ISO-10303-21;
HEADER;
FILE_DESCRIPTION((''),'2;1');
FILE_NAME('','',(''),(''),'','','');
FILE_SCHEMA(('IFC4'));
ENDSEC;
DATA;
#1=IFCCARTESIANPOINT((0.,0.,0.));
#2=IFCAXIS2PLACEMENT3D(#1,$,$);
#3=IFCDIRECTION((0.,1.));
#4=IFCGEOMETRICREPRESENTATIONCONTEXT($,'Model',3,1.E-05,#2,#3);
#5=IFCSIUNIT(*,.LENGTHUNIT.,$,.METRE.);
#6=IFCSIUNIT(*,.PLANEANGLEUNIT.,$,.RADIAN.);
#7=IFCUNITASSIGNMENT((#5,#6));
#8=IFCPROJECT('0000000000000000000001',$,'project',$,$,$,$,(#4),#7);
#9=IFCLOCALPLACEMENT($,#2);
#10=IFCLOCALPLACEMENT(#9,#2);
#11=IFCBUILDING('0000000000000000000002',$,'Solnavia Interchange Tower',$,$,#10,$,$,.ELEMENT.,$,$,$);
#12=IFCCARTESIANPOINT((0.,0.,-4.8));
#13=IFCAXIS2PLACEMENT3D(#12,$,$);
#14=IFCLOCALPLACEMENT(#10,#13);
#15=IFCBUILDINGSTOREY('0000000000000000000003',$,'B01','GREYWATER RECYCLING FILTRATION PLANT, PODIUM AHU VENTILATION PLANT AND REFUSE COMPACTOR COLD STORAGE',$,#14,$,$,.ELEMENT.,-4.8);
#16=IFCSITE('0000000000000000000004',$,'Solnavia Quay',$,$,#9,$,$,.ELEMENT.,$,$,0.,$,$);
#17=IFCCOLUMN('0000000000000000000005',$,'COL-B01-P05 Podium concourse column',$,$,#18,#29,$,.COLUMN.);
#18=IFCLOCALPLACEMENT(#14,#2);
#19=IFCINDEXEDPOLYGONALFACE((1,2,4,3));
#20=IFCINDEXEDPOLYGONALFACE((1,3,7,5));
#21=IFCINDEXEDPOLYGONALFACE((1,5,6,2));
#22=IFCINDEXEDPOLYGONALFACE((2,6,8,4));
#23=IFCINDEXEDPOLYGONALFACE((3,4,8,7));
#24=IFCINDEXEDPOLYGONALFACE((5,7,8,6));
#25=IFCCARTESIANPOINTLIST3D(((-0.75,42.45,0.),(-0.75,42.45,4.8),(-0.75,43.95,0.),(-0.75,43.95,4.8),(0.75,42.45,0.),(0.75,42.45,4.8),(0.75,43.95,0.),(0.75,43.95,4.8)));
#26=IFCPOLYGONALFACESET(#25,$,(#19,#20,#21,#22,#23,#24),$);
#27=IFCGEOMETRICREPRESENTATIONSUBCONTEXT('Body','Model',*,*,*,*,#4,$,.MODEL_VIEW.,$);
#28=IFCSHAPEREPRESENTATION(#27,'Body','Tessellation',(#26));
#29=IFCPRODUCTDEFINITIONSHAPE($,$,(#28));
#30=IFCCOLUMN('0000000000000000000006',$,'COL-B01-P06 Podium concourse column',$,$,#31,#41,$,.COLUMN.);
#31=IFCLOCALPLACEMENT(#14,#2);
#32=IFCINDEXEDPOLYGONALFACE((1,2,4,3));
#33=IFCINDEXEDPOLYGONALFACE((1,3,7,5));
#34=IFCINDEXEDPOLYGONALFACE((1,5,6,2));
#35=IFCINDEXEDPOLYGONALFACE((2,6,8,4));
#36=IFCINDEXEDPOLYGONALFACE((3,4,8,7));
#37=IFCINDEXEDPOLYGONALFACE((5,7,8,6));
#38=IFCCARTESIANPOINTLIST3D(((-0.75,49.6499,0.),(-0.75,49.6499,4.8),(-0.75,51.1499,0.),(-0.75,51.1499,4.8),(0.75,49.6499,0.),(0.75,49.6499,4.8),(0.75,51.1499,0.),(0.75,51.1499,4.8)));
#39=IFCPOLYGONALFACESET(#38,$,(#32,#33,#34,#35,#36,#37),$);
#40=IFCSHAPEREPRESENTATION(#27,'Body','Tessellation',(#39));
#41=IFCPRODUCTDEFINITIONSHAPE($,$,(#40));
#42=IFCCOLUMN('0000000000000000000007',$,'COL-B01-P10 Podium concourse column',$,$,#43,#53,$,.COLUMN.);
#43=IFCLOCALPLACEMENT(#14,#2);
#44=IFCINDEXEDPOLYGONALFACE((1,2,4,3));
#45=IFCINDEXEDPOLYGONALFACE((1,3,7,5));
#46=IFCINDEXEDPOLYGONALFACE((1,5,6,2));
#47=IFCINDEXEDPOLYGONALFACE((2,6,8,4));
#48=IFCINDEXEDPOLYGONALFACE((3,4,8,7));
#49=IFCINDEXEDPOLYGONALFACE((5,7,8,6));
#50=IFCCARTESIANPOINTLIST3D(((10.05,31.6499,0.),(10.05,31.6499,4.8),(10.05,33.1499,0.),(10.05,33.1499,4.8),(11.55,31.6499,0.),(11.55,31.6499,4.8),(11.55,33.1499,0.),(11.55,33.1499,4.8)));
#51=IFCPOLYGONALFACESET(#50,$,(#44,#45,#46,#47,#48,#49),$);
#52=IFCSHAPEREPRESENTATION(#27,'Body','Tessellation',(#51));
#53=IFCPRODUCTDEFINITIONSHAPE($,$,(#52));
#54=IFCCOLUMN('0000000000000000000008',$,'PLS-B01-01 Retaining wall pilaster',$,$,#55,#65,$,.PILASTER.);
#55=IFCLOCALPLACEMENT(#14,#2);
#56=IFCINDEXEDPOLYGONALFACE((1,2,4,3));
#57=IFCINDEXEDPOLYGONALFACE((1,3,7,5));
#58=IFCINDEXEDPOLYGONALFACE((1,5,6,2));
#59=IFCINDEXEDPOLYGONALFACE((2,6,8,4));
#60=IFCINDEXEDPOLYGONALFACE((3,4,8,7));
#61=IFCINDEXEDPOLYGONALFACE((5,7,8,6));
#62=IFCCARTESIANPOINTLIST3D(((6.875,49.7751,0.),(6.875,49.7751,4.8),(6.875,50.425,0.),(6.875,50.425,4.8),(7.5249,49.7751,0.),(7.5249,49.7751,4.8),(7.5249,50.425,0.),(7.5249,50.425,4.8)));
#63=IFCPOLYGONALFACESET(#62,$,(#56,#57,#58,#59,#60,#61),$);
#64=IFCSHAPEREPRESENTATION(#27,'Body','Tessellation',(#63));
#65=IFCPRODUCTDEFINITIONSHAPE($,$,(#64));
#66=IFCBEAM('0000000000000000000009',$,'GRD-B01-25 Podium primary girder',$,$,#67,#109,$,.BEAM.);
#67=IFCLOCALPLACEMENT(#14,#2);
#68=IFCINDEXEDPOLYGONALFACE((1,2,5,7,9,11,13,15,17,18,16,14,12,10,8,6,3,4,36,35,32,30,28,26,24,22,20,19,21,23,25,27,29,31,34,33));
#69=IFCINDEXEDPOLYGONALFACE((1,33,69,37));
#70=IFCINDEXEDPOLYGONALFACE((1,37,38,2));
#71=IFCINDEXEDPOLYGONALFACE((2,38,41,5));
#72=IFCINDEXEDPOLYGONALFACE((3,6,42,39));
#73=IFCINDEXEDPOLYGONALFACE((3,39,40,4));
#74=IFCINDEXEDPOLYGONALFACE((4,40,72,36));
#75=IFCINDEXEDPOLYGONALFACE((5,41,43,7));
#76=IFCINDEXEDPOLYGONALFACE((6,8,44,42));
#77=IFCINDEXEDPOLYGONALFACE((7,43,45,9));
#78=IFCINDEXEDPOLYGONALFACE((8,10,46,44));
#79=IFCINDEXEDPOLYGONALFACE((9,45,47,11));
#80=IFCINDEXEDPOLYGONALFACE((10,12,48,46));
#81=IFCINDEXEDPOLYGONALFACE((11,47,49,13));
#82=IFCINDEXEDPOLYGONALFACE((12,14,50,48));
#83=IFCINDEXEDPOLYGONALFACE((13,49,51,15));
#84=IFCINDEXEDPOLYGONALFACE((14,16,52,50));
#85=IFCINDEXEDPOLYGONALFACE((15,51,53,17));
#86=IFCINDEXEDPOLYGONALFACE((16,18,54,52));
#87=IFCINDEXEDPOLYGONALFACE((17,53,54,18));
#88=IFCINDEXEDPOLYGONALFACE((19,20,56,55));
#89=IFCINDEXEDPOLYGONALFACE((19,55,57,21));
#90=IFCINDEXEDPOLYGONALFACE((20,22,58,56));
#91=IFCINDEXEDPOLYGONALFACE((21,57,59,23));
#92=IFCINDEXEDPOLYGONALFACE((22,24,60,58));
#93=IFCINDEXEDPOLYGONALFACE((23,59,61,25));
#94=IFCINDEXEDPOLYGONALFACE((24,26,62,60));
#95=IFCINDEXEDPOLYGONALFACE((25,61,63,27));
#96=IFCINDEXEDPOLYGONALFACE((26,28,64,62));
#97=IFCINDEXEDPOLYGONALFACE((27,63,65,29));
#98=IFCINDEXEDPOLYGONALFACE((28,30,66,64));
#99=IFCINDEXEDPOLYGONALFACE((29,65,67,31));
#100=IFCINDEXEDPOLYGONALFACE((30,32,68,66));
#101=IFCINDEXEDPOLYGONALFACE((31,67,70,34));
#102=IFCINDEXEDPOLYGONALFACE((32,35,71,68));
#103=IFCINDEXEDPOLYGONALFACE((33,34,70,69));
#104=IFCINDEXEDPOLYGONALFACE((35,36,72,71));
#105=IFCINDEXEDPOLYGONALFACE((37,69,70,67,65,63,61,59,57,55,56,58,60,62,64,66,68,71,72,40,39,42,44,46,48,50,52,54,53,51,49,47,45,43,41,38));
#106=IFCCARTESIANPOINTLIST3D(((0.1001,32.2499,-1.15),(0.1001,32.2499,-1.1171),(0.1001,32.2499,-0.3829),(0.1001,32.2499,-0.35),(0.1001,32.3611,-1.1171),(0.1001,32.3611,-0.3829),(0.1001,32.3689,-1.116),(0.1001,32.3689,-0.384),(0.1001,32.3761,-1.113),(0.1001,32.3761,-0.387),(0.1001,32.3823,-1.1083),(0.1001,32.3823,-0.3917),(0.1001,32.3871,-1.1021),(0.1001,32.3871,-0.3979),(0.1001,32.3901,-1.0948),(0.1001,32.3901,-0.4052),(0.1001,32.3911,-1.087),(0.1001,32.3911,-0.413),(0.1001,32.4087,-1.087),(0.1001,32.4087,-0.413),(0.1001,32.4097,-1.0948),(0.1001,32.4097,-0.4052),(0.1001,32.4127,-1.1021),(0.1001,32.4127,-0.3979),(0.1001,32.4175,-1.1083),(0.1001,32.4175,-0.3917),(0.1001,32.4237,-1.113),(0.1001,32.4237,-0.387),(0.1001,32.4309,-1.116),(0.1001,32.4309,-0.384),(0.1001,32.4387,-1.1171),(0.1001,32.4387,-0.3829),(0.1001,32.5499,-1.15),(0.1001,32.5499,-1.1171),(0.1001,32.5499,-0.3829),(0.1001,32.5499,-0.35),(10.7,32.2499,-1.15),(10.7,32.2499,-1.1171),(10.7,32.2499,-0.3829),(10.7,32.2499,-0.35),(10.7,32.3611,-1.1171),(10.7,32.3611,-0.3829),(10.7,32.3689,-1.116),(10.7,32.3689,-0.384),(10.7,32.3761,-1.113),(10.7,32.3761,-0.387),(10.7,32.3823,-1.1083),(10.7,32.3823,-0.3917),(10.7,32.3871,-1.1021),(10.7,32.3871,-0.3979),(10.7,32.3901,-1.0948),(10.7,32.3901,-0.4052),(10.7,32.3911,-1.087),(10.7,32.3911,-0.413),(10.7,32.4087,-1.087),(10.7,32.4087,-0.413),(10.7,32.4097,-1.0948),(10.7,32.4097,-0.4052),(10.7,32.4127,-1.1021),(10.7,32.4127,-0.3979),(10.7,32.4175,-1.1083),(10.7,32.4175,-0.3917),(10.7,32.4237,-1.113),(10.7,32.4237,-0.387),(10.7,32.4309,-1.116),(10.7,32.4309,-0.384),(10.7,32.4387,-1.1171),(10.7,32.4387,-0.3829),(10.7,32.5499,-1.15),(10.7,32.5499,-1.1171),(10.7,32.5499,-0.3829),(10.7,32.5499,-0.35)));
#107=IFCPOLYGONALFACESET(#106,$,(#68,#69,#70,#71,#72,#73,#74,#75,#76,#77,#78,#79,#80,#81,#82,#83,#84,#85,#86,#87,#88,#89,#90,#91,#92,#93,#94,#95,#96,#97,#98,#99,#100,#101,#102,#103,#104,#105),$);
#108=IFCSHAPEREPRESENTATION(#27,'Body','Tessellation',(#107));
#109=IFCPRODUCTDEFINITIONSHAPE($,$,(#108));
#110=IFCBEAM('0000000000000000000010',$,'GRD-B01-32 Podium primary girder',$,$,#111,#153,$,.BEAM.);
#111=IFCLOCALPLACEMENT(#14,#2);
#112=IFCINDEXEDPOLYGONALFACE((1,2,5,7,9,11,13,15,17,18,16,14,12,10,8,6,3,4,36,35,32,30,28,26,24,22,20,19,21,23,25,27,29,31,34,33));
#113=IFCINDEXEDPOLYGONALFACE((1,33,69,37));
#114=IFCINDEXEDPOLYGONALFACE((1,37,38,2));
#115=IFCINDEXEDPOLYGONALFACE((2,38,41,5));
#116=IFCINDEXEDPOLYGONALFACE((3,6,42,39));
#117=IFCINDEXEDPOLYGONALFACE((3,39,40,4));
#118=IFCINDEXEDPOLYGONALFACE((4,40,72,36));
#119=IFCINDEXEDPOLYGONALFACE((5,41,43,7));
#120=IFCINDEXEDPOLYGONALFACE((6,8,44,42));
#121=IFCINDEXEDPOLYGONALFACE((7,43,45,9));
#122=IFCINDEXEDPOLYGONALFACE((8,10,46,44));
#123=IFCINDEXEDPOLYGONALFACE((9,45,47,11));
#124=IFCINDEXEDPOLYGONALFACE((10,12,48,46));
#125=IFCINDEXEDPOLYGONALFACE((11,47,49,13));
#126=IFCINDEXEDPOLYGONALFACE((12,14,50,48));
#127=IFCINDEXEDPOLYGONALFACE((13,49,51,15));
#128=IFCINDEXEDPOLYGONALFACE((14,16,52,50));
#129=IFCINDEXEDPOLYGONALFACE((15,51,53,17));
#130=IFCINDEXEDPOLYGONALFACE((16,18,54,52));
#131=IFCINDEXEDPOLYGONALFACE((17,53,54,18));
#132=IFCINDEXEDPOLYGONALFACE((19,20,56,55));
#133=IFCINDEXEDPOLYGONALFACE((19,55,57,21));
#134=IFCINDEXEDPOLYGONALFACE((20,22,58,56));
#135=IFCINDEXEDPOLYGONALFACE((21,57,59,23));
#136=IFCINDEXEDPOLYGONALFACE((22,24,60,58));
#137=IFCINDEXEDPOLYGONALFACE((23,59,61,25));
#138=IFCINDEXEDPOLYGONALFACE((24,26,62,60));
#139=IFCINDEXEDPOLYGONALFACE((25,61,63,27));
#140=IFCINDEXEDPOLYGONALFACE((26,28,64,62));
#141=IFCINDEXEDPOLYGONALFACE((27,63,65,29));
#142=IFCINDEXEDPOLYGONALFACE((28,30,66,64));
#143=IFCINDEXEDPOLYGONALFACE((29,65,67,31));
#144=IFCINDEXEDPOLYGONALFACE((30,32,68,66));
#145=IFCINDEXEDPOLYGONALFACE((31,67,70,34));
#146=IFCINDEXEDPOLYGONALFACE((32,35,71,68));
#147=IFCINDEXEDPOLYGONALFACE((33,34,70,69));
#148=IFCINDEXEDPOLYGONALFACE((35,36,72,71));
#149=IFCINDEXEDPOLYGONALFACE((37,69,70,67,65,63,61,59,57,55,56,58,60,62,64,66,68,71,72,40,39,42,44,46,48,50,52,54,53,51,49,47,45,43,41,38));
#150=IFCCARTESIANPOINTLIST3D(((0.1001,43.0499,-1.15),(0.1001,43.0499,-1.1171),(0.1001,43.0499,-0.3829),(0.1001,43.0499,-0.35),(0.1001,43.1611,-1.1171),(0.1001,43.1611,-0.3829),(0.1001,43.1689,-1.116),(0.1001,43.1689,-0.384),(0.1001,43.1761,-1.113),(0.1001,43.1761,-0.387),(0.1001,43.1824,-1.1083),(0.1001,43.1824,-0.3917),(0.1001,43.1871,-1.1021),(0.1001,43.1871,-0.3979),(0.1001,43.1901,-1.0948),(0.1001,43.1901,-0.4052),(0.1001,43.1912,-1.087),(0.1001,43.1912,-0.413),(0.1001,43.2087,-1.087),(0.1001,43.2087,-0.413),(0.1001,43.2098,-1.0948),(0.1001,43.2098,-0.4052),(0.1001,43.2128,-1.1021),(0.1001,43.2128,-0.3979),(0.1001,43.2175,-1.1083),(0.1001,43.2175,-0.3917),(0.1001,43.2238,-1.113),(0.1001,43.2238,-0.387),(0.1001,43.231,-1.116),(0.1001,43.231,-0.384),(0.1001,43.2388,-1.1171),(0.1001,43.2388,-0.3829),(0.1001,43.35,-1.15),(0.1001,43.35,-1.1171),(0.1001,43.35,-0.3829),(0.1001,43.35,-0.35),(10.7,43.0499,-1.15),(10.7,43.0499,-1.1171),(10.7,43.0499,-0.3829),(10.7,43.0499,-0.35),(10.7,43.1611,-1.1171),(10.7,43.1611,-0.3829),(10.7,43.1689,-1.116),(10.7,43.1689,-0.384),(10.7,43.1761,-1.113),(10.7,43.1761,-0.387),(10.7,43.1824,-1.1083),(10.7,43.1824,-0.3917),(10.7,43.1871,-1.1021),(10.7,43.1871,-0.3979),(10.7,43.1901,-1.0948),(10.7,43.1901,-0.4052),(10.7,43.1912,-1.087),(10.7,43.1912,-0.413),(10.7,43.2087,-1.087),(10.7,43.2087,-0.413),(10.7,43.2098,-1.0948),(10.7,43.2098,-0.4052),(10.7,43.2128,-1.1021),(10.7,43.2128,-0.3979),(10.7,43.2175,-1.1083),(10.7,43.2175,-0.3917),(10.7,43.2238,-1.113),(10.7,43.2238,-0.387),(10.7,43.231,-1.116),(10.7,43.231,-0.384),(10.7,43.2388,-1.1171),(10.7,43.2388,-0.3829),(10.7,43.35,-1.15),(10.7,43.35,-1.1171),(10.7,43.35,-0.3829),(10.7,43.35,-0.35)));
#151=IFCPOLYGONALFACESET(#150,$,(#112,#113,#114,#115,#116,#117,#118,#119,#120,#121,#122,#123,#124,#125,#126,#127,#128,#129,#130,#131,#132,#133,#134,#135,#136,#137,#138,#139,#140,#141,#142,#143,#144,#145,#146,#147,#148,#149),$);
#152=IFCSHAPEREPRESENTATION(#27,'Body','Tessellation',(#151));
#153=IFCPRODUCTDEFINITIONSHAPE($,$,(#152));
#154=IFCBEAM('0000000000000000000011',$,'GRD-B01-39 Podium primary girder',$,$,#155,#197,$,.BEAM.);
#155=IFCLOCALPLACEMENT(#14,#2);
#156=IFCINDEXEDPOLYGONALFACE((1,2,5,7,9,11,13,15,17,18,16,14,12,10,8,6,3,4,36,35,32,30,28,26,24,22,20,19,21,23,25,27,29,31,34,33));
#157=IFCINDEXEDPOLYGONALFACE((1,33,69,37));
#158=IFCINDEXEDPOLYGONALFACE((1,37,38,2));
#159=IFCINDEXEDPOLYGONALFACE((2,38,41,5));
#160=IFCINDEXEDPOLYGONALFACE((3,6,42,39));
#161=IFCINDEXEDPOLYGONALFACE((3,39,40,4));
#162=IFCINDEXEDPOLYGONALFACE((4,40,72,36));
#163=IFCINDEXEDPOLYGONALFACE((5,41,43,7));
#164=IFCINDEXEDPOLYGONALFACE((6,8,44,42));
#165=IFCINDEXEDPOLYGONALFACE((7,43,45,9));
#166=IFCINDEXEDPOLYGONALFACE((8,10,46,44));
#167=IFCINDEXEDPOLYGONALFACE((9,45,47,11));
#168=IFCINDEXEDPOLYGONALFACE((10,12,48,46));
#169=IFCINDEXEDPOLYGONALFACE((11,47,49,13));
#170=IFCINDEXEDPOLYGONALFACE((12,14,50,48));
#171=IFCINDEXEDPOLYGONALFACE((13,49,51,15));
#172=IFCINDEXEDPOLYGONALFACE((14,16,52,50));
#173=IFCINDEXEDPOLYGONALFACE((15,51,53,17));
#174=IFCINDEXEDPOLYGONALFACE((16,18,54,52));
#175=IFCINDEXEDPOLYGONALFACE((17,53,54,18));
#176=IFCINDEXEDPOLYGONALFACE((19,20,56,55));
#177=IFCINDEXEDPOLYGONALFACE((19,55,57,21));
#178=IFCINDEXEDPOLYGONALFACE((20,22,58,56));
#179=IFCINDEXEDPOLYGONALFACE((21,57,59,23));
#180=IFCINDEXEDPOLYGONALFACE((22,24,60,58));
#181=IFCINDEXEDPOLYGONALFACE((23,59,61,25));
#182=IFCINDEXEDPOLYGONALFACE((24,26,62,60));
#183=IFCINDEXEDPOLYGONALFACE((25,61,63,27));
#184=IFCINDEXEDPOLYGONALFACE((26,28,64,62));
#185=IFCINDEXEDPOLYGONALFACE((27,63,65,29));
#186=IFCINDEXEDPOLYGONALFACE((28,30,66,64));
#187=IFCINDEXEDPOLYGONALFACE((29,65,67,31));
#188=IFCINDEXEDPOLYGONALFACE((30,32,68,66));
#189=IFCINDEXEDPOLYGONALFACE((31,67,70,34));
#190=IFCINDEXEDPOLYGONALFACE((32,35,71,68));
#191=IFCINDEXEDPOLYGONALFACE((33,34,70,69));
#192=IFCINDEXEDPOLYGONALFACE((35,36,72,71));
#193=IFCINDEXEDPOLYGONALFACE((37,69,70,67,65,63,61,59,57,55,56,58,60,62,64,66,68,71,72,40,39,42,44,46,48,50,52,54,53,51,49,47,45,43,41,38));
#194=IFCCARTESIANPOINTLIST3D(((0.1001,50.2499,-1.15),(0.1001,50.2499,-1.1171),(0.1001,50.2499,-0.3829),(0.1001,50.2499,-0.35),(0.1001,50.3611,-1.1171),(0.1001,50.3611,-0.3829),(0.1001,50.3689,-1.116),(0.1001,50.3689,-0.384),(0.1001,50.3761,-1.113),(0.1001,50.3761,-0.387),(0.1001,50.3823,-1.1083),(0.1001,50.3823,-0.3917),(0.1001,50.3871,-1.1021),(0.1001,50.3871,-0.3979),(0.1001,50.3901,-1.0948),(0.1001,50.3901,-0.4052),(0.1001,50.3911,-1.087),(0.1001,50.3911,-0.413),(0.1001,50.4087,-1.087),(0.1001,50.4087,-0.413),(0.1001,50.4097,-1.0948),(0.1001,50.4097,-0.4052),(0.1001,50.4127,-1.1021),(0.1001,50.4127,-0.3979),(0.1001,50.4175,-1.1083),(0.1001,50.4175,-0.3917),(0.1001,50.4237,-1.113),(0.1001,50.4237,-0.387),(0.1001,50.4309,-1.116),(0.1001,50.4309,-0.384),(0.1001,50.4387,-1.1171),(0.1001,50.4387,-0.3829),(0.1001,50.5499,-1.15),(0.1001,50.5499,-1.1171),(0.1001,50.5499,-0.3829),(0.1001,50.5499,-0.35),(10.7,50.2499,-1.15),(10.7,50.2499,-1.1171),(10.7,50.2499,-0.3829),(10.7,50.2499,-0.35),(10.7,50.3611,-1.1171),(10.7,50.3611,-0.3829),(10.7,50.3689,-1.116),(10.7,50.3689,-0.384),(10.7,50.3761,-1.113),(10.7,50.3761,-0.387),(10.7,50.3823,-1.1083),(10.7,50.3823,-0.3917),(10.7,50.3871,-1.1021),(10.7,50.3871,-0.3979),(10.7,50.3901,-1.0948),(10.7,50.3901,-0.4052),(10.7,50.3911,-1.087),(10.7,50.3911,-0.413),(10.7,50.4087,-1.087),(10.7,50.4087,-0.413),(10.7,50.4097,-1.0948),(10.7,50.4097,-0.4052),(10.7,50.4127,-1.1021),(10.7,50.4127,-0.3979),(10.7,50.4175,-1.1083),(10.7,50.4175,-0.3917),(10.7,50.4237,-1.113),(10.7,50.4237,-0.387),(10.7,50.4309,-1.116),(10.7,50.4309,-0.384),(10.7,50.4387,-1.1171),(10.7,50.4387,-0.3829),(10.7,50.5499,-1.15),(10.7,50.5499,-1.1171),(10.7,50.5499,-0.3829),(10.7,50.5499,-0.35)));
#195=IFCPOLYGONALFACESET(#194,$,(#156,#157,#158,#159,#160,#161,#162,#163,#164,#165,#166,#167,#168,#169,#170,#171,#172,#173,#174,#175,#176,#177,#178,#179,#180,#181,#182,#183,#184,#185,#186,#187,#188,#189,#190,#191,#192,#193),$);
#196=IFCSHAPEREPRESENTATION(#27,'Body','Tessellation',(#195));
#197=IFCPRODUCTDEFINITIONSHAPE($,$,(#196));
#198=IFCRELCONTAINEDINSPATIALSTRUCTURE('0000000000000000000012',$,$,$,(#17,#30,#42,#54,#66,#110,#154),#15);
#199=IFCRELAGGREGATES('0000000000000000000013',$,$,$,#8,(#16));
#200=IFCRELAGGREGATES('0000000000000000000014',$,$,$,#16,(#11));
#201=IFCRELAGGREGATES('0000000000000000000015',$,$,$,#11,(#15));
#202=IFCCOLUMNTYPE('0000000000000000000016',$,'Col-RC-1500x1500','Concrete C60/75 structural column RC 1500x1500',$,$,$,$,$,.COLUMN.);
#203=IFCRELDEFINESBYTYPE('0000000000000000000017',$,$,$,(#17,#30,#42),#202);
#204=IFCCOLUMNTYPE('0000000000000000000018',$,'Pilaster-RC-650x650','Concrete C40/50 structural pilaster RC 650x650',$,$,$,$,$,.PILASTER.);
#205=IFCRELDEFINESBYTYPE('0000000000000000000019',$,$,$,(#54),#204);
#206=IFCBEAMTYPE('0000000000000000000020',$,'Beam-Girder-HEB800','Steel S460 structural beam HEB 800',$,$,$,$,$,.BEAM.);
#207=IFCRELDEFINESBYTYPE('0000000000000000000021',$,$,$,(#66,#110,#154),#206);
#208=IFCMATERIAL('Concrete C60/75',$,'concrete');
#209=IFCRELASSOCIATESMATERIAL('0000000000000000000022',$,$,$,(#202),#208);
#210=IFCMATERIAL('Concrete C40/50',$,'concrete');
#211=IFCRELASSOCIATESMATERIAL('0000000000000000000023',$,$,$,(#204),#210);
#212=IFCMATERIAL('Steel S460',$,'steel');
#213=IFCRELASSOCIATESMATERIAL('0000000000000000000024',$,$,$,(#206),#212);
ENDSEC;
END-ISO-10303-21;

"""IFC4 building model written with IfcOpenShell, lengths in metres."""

from ifc_helpers import new_model, si_unit, direction, frame, origin, origin_2d, place, context, subcontext, project, spatial, rectangle, i_section, extrude, material, material_profile, profile_set, type_object, element, save


model = new_model("IFC4")

# Units and contexts
model_context = context("Model", 3, precision=1e-05, world=origin(), true_north=direction((0.0, 1.0)))
body_context = subcontext(model_context, "Body", "Model", "MODEL_VIEW")
ifc_project = project(units=[si_unit("LENGTHUNIT", "METRE"), si_unit("PLANEANGLEUNIT", "RADIAN")], contexts=[model_context])

# Site, building, storey
site_placement = place(None, origin())
site = spatial("IfcSite", under=ifc_project, at=site_placement, Name="Solnavia Quay", CompositionType="ELEMENT", RefElevation=0.0)
building_placement = place(site_placement, origin())
building = spatial("IfcBuilding", under=site, at=building_placement, Name="Solnavia Interchange Tower", CompositionType="ELEMENT")
storey_placement = place(building_placement, frame((0.0, 0.0, -4.8)))
storey = spatial("IfcBuildingStorey", under=building, at=storey_placement, Name="B01", Description="GREYWATER RECYCLING FILTRATION PLANT, PODIUM AHU VENTILATION PLANT AND REFUSE COMPACTOR COLD STORAGE", CompositionType="ELEMENT", Elevation=-4.8)

# Columns
ifc_material_1 = material(Name="Concrete C60/75", Category="concrete")
ifc_material_profile_1 = material_profile(ifc_material_1, rectangle(XDim=1.5, YDim=1.5, at=origin_2d()), Name="RC 1500x1500")
ifc_profile_set_1 = profile_set([ifc_material_profile_1], Name="Concrete C60/75")
column_type_1 = type_object("IfcColumnType", Name="Col-RC-1500x1500", Description="Concrete C60/75 structural column RC 1500x1500", PredefinedType="COLUMN", material=ifc_profile_set_1)
for number, where, z_axis, x_axis, name in (
    (1, (0.0, 43.2, 0.0), (0.0, 0.0, 1.0), (1.0, 0.0, 0.0), "COL-B01-P05 Podium concourse column"),
    (2, (0.0, 50.3999, 0.0), (0.0, 0.0, 1.0), (1.0, 0.0, 0.0), "COL-B01-P06 Podium concourse column"),
    (3, (10.8, 32.3999, 0.0), (0.0, 0.0, 1.0), (1.0, 0.0, 0.0), "COL-B01-P10 Podium concourse column"),
):
    element("IfcColumn", number, at=place(storey_placement, frame(where, z_axis=z_axis, x_axis=x_axis)), inside=storey, type_object=column_type_1, Name=name, PredefinedType="COLUMN", context=body_context, shape_type="SweptSolid", body=[
        extrude(rectangle(XDim=1.5, YDim=1.5, at=origin_2d()), origin(), (0.0, 0.0, 1.0), 4.8),
    ])
ifc_material_2 = material(Name="Concrete C40/50", Category="concrete")
ifc_material_profile_2 = material_profile(ifc_material_2, rectangle(XDim=0.6499, YDim=0.6499, at=origin_2d()), Name="RC 650x650")
ifc_profile_set_2 = profile_set([ifc_material_profile_2], Name="Concrete C40/50")
column_type_2 = type_object("IfcColumnType", Name="Pilaster-RC-650x650", Description="Concrete C40/50 structural pilaster RC 650x650", PredefinedType="PILASTER", material=ifc_profile_set_2)
column_placement = place(storey_placement, frame((7.2, 50.1001, 0.0), z_axis=(0.0, 0.0, 1.0), x_axis=(1.0, 0.0, 0.0)))
element("IfcColumn", 4, at=column_placement, inside=storey, type_object=column_type_2, Name="PLS-B01-01 Retaining wall pilaster", PredefinedType="PILASTER", context=body_context, shape_type="SweptSolid", body=[
    extrude(rectangle(XDim=0.6499, YDim=0.6499, at=origin_2d()), origin(), (0.0, 0.0, 1.0), 4.8),
])

# Beams
ifc_material_3 = material(Name="Steel S460", Category="steel")
ifc_material_profile_3 = material_profile(ifc_material_3, i_section(OverallWidth=0.3, OverallDepth=0.8, WebThickness=0.0176, FlangeThickness=0.033, FilletRadius=0.03, at=origin_2d()), Name="HEB 800")
ifc_profile_set_3 = profile_set([ifc_material_profile_3], Name="Steel S460")
beam_type_1 = type_object("IfcBeamType", Name="Beam-Girder-HEB800", Description="Steel S460 structural beam HEB 800", PredefinedType="BEAM", material=ifc_profile_set_3)
for number, where, z_axis, x_axis, name in (
    (5, (0.1001, 32.3999, -0.75), (1.0, 0.0, 0.0), (0.0, 1.0, 0.0), "GRD-B01-25 Podium primary girder"),
    (6, (0.1001, 43.2, -0.75), (1.0, 0.0, 0.0), (0.0, 1.0, 0.0), "GRD-B01-32 Podium primary girder"),
    (7, (0.1001, 50.3999, -0.75), (1.0, 0.0, 0.0), (0.0, 1.0, 0.0), "GRD-B01-39 Podium primary girder"),
):
    element("IfcBeam", number, at=place(storey_placement, frame(where, z_axis=z_axis, x_axis=x_axis)), inside=storey, type_object=beam_type_1, Name=name, PredefinedType="BEAM", context=body_context, shape_type="SweptSolid", body=[
        extrude(i_section(OverallWidth=0.3, OverallDepth=0.8, WebThickness=0.0176, FlangeThickness=0.033, FilletRadius=0.03, at=origin_2d()), origin(), (0.0, 0.0, 1.0), 10.5999),
    ])

save(model, "model.ifc")
